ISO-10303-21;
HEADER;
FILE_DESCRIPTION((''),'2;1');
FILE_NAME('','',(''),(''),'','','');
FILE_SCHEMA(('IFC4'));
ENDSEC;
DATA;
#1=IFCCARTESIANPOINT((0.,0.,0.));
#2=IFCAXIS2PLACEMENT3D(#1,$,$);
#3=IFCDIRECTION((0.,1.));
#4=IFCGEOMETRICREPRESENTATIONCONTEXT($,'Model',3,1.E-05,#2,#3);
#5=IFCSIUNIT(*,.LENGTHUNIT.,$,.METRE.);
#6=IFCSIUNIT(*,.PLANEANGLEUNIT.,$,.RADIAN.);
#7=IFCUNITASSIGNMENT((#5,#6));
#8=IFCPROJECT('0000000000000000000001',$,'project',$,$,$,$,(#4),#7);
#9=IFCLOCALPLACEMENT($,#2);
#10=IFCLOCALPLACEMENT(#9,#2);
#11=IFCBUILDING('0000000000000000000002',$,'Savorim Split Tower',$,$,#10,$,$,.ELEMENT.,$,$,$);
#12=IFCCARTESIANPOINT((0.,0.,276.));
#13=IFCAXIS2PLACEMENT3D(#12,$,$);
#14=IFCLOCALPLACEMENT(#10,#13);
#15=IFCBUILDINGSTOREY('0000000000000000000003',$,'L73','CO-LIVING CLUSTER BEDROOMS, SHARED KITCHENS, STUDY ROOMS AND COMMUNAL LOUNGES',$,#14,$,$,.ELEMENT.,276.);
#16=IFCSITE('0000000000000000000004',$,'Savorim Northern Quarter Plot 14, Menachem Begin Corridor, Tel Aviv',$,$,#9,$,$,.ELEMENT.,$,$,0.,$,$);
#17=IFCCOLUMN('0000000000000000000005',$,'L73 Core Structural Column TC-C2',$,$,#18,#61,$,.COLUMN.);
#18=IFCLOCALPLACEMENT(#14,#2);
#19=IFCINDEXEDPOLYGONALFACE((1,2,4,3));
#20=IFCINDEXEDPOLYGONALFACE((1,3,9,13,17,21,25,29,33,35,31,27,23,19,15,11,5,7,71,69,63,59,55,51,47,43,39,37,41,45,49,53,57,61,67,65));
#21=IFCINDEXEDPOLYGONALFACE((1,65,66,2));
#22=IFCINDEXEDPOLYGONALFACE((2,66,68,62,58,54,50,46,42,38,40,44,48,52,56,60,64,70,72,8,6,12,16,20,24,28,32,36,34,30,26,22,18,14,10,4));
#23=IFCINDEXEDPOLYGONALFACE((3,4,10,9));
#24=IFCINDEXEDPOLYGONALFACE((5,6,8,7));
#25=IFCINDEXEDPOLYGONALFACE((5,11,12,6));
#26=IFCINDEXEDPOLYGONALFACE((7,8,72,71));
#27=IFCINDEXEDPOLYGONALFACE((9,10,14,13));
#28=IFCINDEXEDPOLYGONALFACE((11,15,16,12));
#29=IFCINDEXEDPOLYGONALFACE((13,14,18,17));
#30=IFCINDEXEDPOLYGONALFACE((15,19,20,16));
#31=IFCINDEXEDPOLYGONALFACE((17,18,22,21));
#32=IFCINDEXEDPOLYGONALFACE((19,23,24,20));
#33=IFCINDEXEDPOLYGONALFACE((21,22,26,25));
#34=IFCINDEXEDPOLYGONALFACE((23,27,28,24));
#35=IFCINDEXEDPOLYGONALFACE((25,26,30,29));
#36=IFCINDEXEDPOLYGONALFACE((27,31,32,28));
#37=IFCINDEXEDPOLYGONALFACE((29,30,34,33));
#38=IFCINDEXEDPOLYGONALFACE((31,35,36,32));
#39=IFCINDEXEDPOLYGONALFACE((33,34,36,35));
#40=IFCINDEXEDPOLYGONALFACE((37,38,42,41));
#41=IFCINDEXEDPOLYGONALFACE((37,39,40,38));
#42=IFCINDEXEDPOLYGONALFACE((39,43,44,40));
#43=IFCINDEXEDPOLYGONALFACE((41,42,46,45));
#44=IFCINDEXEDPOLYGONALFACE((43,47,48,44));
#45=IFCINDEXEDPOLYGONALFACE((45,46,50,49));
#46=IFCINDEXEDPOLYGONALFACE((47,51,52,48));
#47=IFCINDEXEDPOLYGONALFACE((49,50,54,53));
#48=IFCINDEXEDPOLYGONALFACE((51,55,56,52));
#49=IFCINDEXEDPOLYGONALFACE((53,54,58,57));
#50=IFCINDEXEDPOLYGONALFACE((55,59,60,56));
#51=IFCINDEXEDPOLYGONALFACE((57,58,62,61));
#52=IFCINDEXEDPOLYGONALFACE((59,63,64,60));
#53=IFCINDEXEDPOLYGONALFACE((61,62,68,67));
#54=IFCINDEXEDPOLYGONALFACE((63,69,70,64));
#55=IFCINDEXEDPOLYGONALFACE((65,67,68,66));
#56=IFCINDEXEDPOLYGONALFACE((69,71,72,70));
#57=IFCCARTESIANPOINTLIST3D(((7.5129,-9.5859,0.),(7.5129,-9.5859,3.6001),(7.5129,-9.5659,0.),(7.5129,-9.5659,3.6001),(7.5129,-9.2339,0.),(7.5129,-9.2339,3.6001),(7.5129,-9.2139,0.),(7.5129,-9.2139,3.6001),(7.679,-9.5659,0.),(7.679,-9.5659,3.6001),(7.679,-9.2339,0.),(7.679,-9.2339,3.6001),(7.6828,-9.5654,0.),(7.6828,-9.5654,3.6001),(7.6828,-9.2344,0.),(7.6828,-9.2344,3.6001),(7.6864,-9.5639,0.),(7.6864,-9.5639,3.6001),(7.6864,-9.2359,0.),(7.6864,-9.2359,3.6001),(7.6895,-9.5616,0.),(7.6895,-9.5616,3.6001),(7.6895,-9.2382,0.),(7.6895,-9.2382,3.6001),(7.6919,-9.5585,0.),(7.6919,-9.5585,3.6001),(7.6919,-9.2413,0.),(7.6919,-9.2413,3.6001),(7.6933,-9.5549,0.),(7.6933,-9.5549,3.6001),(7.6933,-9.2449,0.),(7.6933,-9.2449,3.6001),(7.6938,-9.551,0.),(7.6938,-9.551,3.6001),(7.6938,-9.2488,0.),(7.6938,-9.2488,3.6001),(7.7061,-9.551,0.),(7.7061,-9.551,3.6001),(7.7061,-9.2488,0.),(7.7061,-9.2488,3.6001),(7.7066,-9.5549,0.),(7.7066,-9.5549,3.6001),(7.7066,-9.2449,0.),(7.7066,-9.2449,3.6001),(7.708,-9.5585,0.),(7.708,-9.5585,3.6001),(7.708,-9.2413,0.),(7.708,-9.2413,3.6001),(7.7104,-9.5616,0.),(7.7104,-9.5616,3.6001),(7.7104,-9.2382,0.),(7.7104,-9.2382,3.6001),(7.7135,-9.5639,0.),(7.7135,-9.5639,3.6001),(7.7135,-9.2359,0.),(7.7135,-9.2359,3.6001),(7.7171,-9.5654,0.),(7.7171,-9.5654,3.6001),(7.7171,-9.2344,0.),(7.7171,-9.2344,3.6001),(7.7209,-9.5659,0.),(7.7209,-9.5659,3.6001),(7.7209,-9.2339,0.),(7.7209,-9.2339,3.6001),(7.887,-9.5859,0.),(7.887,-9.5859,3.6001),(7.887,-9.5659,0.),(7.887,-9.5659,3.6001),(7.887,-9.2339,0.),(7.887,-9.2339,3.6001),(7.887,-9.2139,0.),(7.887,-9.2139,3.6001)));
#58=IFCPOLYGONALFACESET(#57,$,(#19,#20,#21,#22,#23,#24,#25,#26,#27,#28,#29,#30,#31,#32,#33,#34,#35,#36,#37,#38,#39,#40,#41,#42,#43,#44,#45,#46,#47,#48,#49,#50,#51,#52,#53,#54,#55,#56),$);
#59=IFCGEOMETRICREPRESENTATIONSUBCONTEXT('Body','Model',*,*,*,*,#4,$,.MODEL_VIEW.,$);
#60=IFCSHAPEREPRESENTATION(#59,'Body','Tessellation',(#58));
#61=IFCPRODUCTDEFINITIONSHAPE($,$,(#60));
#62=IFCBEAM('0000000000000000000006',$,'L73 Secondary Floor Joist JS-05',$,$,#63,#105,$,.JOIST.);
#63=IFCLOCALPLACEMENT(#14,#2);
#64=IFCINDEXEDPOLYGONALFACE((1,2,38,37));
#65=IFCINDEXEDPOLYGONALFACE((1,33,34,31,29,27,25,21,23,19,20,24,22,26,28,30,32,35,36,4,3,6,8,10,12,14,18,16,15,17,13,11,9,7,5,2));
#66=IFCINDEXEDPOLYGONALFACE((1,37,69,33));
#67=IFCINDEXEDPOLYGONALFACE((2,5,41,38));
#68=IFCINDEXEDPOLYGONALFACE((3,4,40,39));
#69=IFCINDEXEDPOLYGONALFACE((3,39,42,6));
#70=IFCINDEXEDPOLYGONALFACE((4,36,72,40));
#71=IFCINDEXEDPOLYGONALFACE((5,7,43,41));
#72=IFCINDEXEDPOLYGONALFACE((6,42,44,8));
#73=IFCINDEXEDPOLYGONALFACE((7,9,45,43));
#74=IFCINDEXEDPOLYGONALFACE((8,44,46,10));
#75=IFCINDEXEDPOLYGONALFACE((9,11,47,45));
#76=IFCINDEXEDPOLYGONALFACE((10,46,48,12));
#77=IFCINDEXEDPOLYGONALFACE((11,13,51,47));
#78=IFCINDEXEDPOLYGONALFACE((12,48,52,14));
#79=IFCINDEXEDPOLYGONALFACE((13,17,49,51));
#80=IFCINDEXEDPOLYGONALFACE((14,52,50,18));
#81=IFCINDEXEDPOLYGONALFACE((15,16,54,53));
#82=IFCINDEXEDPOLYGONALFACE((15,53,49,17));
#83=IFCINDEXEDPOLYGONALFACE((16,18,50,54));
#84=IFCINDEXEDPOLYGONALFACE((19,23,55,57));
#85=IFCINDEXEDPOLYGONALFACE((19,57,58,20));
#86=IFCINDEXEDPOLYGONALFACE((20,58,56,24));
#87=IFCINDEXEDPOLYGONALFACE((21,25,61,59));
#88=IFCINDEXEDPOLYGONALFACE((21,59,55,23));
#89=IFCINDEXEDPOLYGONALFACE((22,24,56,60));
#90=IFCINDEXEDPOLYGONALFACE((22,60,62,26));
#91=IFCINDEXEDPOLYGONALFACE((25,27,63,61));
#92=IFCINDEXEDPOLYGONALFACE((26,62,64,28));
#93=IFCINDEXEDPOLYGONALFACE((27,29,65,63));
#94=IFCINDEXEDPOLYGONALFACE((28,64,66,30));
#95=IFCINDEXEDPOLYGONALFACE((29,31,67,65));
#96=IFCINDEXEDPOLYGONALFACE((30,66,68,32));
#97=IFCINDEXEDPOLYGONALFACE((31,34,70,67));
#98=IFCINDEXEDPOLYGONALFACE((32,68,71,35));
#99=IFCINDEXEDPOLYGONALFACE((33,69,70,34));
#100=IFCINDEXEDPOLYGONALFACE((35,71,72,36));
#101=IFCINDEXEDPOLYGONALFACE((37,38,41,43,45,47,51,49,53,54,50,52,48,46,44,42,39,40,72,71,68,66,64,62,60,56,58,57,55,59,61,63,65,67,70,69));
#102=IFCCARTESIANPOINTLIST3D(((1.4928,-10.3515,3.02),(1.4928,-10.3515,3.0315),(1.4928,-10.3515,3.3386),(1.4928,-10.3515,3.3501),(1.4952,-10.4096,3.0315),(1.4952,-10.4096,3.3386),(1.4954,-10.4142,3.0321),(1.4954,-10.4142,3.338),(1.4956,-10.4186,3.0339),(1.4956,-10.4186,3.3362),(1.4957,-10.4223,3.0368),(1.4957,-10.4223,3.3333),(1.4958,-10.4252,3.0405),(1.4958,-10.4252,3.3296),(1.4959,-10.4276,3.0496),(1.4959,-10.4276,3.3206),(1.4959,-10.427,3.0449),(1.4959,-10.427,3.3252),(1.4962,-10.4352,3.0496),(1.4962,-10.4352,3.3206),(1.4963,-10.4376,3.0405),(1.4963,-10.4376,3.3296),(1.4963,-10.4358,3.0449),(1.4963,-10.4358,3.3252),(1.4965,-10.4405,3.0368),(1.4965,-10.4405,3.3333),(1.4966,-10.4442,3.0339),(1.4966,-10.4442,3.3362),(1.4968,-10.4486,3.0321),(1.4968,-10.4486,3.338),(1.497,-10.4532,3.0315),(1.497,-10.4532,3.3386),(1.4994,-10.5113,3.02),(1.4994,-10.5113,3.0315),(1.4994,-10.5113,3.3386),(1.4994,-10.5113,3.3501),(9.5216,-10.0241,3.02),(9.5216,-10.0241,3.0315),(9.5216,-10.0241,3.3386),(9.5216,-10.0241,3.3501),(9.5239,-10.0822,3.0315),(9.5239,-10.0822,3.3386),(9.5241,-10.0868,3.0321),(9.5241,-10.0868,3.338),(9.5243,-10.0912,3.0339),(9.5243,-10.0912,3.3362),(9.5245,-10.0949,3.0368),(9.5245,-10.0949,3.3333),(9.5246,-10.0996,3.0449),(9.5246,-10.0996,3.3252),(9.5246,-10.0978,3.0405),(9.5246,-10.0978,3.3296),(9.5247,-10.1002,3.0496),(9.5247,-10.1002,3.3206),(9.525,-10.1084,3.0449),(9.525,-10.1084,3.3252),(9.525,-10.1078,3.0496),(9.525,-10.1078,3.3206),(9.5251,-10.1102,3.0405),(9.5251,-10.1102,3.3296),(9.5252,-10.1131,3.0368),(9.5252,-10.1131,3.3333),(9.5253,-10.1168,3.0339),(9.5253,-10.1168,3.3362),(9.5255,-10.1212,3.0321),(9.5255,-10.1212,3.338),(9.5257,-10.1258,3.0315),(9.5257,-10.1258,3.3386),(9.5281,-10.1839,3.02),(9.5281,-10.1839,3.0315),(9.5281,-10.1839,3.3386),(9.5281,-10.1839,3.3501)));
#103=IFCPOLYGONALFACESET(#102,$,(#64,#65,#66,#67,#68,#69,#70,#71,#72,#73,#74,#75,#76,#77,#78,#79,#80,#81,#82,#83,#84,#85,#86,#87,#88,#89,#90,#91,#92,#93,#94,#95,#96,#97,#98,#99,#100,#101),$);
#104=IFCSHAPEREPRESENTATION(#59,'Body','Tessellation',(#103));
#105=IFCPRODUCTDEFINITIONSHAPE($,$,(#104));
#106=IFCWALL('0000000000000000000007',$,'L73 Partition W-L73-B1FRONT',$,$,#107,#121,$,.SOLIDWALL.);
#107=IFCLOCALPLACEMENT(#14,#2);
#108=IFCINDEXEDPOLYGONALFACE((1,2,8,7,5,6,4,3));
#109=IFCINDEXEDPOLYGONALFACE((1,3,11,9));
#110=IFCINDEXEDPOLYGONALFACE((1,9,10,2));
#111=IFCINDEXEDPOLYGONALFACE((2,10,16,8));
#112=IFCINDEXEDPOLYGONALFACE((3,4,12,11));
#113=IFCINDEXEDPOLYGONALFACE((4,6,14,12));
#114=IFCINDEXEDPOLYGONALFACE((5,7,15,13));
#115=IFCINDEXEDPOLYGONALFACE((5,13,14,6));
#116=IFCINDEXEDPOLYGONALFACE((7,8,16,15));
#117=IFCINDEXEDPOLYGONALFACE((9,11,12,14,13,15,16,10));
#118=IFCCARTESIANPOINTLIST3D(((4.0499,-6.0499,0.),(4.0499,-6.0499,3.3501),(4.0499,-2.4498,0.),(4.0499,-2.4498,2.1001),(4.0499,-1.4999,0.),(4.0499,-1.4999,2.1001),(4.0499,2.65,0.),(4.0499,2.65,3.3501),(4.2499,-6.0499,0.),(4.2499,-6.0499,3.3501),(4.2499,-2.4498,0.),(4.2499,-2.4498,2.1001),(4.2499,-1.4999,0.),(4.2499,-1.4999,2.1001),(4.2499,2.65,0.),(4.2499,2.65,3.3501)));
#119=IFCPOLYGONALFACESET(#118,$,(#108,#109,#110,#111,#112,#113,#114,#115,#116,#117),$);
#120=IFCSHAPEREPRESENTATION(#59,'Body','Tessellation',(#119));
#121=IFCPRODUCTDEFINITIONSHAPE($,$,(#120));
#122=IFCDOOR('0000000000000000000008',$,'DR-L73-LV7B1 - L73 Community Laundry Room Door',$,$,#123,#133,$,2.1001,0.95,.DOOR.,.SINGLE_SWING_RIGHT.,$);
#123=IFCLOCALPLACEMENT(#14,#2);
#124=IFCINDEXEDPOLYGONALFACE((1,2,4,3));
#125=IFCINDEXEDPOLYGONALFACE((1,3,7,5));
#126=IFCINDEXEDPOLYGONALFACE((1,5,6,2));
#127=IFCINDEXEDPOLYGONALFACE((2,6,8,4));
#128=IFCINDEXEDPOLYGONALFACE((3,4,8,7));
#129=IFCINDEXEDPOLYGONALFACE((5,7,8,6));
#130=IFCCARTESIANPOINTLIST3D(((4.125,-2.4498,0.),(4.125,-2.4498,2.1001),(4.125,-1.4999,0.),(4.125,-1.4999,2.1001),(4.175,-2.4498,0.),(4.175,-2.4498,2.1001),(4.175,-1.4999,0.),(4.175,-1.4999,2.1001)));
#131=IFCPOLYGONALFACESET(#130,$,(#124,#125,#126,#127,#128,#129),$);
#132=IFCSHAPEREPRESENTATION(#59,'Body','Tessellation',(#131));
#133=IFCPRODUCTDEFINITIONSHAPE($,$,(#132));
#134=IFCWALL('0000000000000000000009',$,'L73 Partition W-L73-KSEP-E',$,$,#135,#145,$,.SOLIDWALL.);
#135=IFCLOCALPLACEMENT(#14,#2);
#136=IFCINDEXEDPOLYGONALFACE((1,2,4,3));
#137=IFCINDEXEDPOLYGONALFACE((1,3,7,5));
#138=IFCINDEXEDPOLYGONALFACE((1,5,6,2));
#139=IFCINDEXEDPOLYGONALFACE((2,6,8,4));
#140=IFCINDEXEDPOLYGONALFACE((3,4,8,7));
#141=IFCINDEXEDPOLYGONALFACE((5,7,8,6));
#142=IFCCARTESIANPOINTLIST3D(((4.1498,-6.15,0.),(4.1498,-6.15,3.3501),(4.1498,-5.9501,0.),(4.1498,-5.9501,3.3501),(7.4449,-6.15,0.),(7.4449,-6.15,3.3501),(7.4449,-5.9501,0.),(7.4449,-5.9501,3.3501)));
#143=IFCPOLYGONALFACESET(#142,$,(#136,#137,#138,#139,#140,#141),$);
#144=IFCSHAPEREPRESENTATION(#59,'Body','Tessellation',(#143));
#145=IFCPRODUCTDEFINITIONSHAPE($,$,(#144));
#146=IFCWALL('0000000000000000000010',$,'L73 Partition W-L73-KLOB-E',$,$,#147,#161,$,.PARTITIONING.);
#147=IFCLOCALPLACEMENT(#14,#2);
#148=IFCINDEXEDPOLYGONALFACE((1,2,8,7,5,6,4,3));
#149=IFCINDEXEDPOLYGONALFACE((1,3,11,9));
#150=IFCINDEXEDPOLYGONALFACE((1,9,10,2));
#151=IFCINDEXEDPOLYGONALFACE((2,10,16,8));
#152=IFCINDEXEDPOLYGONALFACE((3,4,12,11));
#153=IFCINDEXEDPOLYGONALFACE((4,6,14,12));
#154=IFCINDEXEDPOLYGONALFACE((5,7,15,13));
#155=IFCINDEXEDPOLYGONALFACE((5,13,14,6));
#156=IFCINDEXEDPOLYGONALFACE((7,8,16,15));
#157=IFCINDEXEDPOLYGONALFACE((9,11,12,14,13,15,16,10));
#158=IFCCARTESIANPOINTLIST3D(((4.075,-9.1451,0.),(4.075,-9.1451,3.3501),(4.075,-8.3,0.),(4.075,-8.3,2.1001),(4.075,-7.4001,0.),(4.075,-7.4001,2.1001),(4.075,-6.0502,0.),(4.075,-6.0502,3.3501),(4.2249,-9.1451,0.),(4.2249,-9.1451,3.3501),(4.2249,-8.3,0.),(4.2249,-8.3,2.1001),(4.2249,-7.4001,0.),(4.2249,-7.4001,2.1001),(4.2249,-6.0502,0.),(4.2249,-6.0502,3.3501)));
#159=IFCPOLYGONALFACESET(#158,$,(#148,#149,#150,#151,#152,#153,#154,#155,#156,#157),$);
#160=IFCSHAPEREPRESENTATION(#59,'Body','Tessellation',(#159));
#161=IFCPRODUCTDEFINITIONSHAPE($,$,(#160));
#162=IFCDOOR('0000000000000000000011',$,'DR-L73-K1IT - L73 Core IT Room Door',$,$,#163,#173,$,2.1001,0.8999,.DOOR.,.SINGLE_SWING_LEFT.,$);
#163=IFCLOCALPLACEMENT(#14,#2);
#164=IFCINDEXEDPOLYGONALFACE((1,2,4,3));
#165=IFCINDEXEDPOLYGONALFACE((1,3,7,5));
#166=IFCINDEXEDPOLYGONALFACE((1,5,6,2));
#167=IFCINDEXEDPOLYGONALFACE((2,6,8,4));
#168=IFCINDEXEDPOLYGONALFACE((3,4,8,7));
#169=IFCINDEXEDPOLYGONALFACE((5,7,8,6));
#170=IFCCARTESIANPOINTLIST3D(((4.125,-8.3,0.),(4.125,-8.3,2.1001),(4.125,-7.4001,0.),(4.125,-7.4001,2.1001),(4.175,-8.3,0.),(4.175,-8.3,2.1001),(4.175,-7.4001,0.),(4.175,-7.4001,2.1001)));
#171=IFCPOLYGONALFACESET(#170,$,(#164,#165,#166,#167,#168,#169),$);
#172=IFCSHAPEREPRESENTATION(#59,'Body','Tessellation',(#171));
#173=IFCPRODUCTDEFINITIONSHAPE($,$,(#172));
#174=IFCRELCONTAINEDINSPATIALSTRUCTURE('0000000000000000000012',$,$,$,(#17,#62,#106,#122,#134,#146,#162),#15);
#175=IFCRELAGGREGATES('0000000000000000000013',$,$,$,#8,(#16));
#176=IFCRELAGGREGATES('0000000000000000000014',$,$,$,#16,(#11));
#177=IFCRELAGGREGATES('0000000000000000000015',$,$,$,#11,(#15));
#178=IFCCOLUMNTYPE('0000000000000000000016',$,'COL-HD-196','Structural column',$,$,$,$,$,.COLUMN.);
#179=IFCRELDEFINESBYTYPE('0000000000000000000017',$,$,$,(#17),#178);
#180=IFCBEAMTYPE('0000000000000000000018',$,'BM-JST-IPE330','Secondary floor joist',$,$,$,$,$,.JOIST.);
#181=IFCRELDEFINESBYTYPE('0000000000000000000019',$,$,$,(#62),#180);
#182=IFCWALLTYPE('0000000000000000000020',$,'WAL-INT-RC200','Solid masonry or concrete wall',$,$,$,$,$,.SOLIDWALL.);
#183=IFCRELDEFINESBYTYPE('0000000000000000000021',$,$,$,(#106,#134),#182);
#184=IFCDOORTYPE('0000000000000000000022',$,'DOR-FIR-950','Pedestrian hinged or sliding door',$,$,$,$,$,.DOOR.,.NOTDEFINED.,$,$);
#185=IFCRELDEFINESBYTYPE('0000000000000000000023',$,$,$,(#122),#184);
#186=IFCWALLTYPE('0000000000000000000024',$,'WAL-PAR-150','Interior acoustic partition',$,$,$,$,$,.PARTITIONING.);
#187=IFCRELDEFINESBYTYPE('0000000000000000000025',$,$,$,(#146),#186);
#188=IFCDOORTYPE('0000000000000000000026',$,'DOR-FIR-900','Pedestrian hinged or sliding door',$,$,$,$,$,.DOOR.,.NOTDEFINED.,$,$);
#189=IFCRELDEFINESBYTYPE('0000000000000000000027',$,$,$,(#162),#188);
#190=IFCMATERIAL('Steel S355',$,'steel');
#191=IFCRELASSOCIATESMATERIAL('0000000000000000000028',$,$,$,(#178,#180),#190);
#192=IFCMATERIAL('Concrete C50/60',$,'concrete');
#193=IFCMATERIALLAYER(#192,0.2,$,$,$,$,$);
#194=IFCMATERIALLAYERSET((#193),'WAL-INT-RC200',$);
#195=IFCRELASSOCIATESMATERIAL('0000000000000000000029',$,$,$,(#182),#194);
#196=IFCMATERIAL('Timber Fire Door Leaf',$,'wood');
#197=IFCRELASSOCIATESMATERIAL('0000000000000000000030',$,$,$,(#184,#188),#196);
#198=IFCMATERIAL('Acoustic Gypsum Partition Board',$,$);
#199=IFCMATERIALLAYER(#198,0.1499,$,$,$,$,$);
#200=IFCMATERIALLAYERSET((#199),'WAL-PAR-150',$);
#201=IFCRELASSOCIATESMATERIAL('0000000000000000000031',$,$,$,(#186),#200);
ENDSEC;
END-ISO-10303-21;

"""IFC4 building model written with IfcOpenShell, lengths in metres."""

from ifc_helpers import new_model, si_unit, direction, frame, frame_2d, origin, origin_2d, place, context, subcontext, project, spatial, rectangle, i_section, extrude, material, layer, layer_set, material_profile, profile_set, type_object, element, fill, save


model = new_model("IFC4")

# Units and contexts
model_context = context("Model", 3, precision=1e-05, world=origin(), true_north=direction((0.0, 1.0)))
body_context = subcontext(model_context, "Body", "Model", "MODEL_VIEW")
ifc_project = project(units=[si_unit("LENGTHUNIT", "METRE"), si_unit("PLANEANGLEUNIT", "RADIAN")], contexts=[model_context])

# Site, building, storey
site_placement = place(None, origin())
site = spatial("IfcSite", under=ifc_project, at=site_placement, Name="Savorim Northern Quarter Plot 14, Menachem Begin Corridor, Tel Aviv", CompositionType="ELEMENT", RefElevation=0.0)
building_placement = place(site_placement, origin())
building = spatial("IfcBuilding", under=site, at=building_placement, Name="Savorim Split Tower", CompositionType="ELEMENT")
storey_placement = place(building_placement, frame((0.0, 0.0, 276.0)))
storey = spatial("IfcBuildingStorey", under=building, at=storey_placement, Name="L73", Description="CO-LIVING CLUSTER BEDROOMS, SHARED KITCHENS, STUDY ROOMS AND COMMUNAL LOUNGES", CompositionType="ELEMENT", Elevation=276.0)

# Column
ifc_material_1 = material(Name="Steel S355", Category="steel")
ifc_material_profile_1 = material_profile(ifc_material_1, i_section(OverallWidth=0.374, OverallDepth=0.3721, WebThickness=0.0122, FlangeThickness=0.02, FilletRadius=0.0149, at=origin_2d()), Name="HD 360x196")
ifc_profile_set_1 = profile_set([ifc_material_profile_1], Name="Steel S355")
column_type = type_object("IfcColumnType", Name="COL-HD-196", Description="Structural column", PredefinedType="COLUMN", material=ifc_profile_set_1)
column_placement = place(storey_placement, frame((7.7, -9.3999, 0.0), z_axis=(0.0, 0.0, 1.0), x_axis=(1.0, 0.0, 0.0)))
element("IfcColumn", 1, at=column_placement, inside=storey, type_object=column_type, Name="L73 Core Structural Column TC-C2", PredefinedType="COLUMN", context=body_context, shape_type="SweptSolid", body=[
    extrude(i_section(OverallWidth=0.374, OverallDepth=0.3721, WebThickness=0.0122, FlangeThickness=0.02, FilletRadius=0.0149, at=origin_2d()), origin(), (0.0, 0.0, 1.0), 3.6001),
])

# Beam
ifc_material_profile_2 = material_profile(ifc_material_1, i_section(OverallWidth=0.1599, OverallDepth=0.3301, WebThickness=0.0076, FlangeThickness=0.0115, FilletRadius=0.0181, at=origin_2d()), Name="IPE 330")
ifc_profile_set_2 = profile_set([ifc_material_profile_2], Name="Steel S355")
beam_type = type_object("IfcBeamType", Name="BM-JST-IPE330", Description="Secondary floor joist", PredefinedType="JOIST", material=ifc_profile_set_2)
beam_placement = place(storey_placement, frame((1.4961, -10.4314, 3.1851), z_axis=(0.99917, 0.040743, 0.0), x_axis=(-0.040743, 0.99917, 0.0)))
element("IfcBeam", 2, at=beam_placement, inside=storey, type_object=beam_type, Name="L73 Secondary Floor Joist JS-05", PredefinedType="JOIST", context=body_context, shape_type="SweptSolid", body=[
    extrude(i_section(OverallWidth=0.1599, OverallDepth=0.3301, WebThickness=0.0076, FlangeThickness=0.0115, FilletRadius=0.0181, at=origin_2d()), origin(), (0.0, 0.0, 1.0), 8.0354),
])

# Wall, opening, door
ifc_material_2 = material(Name="Concrete C50/60", Category="concrete")
ifc_layer_1 = layer(ifc_material_2, 0.2)
ifc_layer_set_1 = layer_set([ifc_layer_1], Name="WAL-INT-RC200")
wall_type_1 = type_object("IfcWallType", Name="WAL-INT-RC200", Description="Solid masonry or concrete wall", PredefinedType="SOLIDWALL", material=ifc_layer_set_1)
wall_1_placement = place(storey_placement, frame((4.1499, -6.05, 0.0), z_axis=(0.0, 0.0, 1.0), x_axis=(0.0, 1.0, 0.0)))
wall_1 = element("IfcWall", 3, at=wall_1_placement, inside=storey, type_object=wall_type_1, Name="L73 Partition W-L73-B1FRONT", PredefinedType="SOLIDWALL", context=body_context, shape_type="SweptSolid", body=[
    extrude(rectangle(XDim=8.7, YDim=0.2, at=frame_2d((4.3501, 0.0))), origin(), (0.0, 0.0, 1.0), 3.3501),
])
opening_1_placement = place(wall_1_placement, frame((3.6001, 0.0, 0.0)))
opening_1 = element("IfcOpeningElement", 4, at=opening_1_placement, cuts=wall_1, PredefinedType="OPENING", context=body_context, shape_type="SweptSolid", body=[
    extrude(rectangle(XDim=0.95, YDim=2.1001, at=frame_2d((0.4751, 1.05))), frame((0.0, 0.1099, 0.0), z_axis=(0.0, -1.0, 0.0), x_axis=(1.0, 0.0, 0.0)), (0.0, 0.0, 1.0), 0.22),
])
ifc_material_3 = material(Name="Timber Fire Door Leaf", Category="wood")
door_type_1 = type_object("IfcDoorType", Name="DOR-FIR-950", Description="Pedestrian hinged or sliding door", OperationType="NOTDEFINED", PredefinedType="DOOR", material=ifc_material_3)
door_1_placement = place(opening_1_placement, origin())
door_1 = element("IfcDoor", 5, at=door_1_placement, inside=storey, type_object=door_type_1, Name="DR-L73-LV7B1 - L73 Community Laundry Room Door", OperationType="SINGLE_SWING_RIGHT", OverallHeight=2.1001, OverallWidth=0.95, PredefinedType="DOOR", context=body_context, shape_type="SweptSolid", body=[
    extrude(rectangle(XDim=0.95, YDim=2.1001, at=frame_2d((0.4751, 1.05))), frame((0.0, 0.0249, 0.0), z_axis=(0.0, -1.0, 0.0), x_axis=(1.0, 0.0, 0.0)), (0.0, 0.0, 1.0), 0.05),
])
fill(opening_1, door_1)

# Wall
wall_2_placement = place(storey_placement, frame((4.1499, -6.05, 0.0), z_axis=(0.0, 0.0, 1.0), x_axis=(1.0, 0.0, 0.0)))
element("IfcWall", 6, at=wall_2_placement, inside=storey, type_object=wall_type_1, Name="L73 Partition W-L73-KSEP-E", PredefinedType="SOLIDWALL", context=body_context, shape_type="SweptSolid", body=[
    extrude(rectangle(XDim=3.2952, YDim=0.2, at=frame_2d((1.6475, 0.0))), origin(), (0.0, 0.0, 1.0), 3.3501),
])

# Wall, opening, door
ifc_material_4 = material(Name="Acoustic Gypsum Partition Board")
ifc_layer_2 = layer(ifc_material_4, 0.1499)
ifc_layer_set_2 = layer_set([ifc_layer_2], Name="WAL-PAR-150")
wall_type_2 = type_object("IfcWallType", Name="WAL-PAR-150", Description="Interior acoustic partition", PredefinedType="PARTITIONING", material=ifc_layer_set_2)
wall_3_placement = place(storey_placement, frame((4.1499, -9.145, 0.0), z_axis=(0.0, 0.0, 1.0), x_axis=(0.0, 1.0, 0.0)))
wall_3 = element("IfcWall", 7, at=wall_3_placement, inside=storey, type_object=wall_type_2, Name="L73 Partition W-L73-KLOB-E", PredefinedType="PARTITIONING", context=body_context, shape_type="SweptSolid", body=[
    extrude(rectangle(XDim=3.095, YDim=0.1499, at=frame_2d((1.5474, 0.0))), origin(), (0.0, 0.0, 1.0), 3.3501),
])
opening_2_placement = place(wall_3_placement, frame((0.845, 0.0, 0.0)))
opening_2 = element("IfcOpeningElement", 8, at=opening_2_placement, cuts=wall_3, PredefinedType="OPENING", context=body_context, shape_type="SweptSolid", body=[
    extrude(rectangle(XDim=0.8999, YDim=2.1001, at=frame_2d((0.45, 1.05))), frame((0.0, 0.085, 0.0), z_axis=(0.0, -1.0, 0.0), x_axis=(1.0, 0.0, 0.0)), (0.0, 0.0, 1.0), 0.1699),
])
door_type_2 = type_object("IfcDoorType", Name="DOR-FIR-900", Description="Pedestrian hinged or sliding door", OperationType="NOTDEFINED", PredefinedType="DOOR", material=ifc_material_3)
door_2_placement = place(opening_2_placement, origin())
door_2 = element("IfcDoor", 9, at=door_2_placement, inside=storey, type_object=door_type_2, Name="DR-L73-K1IT - L73 Core IT Room Door", OperationType="SINGLE_SWING_LEFT", OverallHeight=2.1001, OverallWidth=0.8999, PredefinedType="DOOR", context=body_context, shape_type="SweptSolid", body=[
    extrude(rectangle(XDim=0.8999, YDim=2.1001, at=frame_2d((0.45, 1.05))), frame((0.0, 0.0249, 0.0), z_axis=(0.0, -1.0, 0.0), x_axis=(1.0, 0.0, 0.0)), (0.0, 0.0, 1.0), 0.05),
])
fill(opening_2, door_2)

save(model, "model.ifc")
